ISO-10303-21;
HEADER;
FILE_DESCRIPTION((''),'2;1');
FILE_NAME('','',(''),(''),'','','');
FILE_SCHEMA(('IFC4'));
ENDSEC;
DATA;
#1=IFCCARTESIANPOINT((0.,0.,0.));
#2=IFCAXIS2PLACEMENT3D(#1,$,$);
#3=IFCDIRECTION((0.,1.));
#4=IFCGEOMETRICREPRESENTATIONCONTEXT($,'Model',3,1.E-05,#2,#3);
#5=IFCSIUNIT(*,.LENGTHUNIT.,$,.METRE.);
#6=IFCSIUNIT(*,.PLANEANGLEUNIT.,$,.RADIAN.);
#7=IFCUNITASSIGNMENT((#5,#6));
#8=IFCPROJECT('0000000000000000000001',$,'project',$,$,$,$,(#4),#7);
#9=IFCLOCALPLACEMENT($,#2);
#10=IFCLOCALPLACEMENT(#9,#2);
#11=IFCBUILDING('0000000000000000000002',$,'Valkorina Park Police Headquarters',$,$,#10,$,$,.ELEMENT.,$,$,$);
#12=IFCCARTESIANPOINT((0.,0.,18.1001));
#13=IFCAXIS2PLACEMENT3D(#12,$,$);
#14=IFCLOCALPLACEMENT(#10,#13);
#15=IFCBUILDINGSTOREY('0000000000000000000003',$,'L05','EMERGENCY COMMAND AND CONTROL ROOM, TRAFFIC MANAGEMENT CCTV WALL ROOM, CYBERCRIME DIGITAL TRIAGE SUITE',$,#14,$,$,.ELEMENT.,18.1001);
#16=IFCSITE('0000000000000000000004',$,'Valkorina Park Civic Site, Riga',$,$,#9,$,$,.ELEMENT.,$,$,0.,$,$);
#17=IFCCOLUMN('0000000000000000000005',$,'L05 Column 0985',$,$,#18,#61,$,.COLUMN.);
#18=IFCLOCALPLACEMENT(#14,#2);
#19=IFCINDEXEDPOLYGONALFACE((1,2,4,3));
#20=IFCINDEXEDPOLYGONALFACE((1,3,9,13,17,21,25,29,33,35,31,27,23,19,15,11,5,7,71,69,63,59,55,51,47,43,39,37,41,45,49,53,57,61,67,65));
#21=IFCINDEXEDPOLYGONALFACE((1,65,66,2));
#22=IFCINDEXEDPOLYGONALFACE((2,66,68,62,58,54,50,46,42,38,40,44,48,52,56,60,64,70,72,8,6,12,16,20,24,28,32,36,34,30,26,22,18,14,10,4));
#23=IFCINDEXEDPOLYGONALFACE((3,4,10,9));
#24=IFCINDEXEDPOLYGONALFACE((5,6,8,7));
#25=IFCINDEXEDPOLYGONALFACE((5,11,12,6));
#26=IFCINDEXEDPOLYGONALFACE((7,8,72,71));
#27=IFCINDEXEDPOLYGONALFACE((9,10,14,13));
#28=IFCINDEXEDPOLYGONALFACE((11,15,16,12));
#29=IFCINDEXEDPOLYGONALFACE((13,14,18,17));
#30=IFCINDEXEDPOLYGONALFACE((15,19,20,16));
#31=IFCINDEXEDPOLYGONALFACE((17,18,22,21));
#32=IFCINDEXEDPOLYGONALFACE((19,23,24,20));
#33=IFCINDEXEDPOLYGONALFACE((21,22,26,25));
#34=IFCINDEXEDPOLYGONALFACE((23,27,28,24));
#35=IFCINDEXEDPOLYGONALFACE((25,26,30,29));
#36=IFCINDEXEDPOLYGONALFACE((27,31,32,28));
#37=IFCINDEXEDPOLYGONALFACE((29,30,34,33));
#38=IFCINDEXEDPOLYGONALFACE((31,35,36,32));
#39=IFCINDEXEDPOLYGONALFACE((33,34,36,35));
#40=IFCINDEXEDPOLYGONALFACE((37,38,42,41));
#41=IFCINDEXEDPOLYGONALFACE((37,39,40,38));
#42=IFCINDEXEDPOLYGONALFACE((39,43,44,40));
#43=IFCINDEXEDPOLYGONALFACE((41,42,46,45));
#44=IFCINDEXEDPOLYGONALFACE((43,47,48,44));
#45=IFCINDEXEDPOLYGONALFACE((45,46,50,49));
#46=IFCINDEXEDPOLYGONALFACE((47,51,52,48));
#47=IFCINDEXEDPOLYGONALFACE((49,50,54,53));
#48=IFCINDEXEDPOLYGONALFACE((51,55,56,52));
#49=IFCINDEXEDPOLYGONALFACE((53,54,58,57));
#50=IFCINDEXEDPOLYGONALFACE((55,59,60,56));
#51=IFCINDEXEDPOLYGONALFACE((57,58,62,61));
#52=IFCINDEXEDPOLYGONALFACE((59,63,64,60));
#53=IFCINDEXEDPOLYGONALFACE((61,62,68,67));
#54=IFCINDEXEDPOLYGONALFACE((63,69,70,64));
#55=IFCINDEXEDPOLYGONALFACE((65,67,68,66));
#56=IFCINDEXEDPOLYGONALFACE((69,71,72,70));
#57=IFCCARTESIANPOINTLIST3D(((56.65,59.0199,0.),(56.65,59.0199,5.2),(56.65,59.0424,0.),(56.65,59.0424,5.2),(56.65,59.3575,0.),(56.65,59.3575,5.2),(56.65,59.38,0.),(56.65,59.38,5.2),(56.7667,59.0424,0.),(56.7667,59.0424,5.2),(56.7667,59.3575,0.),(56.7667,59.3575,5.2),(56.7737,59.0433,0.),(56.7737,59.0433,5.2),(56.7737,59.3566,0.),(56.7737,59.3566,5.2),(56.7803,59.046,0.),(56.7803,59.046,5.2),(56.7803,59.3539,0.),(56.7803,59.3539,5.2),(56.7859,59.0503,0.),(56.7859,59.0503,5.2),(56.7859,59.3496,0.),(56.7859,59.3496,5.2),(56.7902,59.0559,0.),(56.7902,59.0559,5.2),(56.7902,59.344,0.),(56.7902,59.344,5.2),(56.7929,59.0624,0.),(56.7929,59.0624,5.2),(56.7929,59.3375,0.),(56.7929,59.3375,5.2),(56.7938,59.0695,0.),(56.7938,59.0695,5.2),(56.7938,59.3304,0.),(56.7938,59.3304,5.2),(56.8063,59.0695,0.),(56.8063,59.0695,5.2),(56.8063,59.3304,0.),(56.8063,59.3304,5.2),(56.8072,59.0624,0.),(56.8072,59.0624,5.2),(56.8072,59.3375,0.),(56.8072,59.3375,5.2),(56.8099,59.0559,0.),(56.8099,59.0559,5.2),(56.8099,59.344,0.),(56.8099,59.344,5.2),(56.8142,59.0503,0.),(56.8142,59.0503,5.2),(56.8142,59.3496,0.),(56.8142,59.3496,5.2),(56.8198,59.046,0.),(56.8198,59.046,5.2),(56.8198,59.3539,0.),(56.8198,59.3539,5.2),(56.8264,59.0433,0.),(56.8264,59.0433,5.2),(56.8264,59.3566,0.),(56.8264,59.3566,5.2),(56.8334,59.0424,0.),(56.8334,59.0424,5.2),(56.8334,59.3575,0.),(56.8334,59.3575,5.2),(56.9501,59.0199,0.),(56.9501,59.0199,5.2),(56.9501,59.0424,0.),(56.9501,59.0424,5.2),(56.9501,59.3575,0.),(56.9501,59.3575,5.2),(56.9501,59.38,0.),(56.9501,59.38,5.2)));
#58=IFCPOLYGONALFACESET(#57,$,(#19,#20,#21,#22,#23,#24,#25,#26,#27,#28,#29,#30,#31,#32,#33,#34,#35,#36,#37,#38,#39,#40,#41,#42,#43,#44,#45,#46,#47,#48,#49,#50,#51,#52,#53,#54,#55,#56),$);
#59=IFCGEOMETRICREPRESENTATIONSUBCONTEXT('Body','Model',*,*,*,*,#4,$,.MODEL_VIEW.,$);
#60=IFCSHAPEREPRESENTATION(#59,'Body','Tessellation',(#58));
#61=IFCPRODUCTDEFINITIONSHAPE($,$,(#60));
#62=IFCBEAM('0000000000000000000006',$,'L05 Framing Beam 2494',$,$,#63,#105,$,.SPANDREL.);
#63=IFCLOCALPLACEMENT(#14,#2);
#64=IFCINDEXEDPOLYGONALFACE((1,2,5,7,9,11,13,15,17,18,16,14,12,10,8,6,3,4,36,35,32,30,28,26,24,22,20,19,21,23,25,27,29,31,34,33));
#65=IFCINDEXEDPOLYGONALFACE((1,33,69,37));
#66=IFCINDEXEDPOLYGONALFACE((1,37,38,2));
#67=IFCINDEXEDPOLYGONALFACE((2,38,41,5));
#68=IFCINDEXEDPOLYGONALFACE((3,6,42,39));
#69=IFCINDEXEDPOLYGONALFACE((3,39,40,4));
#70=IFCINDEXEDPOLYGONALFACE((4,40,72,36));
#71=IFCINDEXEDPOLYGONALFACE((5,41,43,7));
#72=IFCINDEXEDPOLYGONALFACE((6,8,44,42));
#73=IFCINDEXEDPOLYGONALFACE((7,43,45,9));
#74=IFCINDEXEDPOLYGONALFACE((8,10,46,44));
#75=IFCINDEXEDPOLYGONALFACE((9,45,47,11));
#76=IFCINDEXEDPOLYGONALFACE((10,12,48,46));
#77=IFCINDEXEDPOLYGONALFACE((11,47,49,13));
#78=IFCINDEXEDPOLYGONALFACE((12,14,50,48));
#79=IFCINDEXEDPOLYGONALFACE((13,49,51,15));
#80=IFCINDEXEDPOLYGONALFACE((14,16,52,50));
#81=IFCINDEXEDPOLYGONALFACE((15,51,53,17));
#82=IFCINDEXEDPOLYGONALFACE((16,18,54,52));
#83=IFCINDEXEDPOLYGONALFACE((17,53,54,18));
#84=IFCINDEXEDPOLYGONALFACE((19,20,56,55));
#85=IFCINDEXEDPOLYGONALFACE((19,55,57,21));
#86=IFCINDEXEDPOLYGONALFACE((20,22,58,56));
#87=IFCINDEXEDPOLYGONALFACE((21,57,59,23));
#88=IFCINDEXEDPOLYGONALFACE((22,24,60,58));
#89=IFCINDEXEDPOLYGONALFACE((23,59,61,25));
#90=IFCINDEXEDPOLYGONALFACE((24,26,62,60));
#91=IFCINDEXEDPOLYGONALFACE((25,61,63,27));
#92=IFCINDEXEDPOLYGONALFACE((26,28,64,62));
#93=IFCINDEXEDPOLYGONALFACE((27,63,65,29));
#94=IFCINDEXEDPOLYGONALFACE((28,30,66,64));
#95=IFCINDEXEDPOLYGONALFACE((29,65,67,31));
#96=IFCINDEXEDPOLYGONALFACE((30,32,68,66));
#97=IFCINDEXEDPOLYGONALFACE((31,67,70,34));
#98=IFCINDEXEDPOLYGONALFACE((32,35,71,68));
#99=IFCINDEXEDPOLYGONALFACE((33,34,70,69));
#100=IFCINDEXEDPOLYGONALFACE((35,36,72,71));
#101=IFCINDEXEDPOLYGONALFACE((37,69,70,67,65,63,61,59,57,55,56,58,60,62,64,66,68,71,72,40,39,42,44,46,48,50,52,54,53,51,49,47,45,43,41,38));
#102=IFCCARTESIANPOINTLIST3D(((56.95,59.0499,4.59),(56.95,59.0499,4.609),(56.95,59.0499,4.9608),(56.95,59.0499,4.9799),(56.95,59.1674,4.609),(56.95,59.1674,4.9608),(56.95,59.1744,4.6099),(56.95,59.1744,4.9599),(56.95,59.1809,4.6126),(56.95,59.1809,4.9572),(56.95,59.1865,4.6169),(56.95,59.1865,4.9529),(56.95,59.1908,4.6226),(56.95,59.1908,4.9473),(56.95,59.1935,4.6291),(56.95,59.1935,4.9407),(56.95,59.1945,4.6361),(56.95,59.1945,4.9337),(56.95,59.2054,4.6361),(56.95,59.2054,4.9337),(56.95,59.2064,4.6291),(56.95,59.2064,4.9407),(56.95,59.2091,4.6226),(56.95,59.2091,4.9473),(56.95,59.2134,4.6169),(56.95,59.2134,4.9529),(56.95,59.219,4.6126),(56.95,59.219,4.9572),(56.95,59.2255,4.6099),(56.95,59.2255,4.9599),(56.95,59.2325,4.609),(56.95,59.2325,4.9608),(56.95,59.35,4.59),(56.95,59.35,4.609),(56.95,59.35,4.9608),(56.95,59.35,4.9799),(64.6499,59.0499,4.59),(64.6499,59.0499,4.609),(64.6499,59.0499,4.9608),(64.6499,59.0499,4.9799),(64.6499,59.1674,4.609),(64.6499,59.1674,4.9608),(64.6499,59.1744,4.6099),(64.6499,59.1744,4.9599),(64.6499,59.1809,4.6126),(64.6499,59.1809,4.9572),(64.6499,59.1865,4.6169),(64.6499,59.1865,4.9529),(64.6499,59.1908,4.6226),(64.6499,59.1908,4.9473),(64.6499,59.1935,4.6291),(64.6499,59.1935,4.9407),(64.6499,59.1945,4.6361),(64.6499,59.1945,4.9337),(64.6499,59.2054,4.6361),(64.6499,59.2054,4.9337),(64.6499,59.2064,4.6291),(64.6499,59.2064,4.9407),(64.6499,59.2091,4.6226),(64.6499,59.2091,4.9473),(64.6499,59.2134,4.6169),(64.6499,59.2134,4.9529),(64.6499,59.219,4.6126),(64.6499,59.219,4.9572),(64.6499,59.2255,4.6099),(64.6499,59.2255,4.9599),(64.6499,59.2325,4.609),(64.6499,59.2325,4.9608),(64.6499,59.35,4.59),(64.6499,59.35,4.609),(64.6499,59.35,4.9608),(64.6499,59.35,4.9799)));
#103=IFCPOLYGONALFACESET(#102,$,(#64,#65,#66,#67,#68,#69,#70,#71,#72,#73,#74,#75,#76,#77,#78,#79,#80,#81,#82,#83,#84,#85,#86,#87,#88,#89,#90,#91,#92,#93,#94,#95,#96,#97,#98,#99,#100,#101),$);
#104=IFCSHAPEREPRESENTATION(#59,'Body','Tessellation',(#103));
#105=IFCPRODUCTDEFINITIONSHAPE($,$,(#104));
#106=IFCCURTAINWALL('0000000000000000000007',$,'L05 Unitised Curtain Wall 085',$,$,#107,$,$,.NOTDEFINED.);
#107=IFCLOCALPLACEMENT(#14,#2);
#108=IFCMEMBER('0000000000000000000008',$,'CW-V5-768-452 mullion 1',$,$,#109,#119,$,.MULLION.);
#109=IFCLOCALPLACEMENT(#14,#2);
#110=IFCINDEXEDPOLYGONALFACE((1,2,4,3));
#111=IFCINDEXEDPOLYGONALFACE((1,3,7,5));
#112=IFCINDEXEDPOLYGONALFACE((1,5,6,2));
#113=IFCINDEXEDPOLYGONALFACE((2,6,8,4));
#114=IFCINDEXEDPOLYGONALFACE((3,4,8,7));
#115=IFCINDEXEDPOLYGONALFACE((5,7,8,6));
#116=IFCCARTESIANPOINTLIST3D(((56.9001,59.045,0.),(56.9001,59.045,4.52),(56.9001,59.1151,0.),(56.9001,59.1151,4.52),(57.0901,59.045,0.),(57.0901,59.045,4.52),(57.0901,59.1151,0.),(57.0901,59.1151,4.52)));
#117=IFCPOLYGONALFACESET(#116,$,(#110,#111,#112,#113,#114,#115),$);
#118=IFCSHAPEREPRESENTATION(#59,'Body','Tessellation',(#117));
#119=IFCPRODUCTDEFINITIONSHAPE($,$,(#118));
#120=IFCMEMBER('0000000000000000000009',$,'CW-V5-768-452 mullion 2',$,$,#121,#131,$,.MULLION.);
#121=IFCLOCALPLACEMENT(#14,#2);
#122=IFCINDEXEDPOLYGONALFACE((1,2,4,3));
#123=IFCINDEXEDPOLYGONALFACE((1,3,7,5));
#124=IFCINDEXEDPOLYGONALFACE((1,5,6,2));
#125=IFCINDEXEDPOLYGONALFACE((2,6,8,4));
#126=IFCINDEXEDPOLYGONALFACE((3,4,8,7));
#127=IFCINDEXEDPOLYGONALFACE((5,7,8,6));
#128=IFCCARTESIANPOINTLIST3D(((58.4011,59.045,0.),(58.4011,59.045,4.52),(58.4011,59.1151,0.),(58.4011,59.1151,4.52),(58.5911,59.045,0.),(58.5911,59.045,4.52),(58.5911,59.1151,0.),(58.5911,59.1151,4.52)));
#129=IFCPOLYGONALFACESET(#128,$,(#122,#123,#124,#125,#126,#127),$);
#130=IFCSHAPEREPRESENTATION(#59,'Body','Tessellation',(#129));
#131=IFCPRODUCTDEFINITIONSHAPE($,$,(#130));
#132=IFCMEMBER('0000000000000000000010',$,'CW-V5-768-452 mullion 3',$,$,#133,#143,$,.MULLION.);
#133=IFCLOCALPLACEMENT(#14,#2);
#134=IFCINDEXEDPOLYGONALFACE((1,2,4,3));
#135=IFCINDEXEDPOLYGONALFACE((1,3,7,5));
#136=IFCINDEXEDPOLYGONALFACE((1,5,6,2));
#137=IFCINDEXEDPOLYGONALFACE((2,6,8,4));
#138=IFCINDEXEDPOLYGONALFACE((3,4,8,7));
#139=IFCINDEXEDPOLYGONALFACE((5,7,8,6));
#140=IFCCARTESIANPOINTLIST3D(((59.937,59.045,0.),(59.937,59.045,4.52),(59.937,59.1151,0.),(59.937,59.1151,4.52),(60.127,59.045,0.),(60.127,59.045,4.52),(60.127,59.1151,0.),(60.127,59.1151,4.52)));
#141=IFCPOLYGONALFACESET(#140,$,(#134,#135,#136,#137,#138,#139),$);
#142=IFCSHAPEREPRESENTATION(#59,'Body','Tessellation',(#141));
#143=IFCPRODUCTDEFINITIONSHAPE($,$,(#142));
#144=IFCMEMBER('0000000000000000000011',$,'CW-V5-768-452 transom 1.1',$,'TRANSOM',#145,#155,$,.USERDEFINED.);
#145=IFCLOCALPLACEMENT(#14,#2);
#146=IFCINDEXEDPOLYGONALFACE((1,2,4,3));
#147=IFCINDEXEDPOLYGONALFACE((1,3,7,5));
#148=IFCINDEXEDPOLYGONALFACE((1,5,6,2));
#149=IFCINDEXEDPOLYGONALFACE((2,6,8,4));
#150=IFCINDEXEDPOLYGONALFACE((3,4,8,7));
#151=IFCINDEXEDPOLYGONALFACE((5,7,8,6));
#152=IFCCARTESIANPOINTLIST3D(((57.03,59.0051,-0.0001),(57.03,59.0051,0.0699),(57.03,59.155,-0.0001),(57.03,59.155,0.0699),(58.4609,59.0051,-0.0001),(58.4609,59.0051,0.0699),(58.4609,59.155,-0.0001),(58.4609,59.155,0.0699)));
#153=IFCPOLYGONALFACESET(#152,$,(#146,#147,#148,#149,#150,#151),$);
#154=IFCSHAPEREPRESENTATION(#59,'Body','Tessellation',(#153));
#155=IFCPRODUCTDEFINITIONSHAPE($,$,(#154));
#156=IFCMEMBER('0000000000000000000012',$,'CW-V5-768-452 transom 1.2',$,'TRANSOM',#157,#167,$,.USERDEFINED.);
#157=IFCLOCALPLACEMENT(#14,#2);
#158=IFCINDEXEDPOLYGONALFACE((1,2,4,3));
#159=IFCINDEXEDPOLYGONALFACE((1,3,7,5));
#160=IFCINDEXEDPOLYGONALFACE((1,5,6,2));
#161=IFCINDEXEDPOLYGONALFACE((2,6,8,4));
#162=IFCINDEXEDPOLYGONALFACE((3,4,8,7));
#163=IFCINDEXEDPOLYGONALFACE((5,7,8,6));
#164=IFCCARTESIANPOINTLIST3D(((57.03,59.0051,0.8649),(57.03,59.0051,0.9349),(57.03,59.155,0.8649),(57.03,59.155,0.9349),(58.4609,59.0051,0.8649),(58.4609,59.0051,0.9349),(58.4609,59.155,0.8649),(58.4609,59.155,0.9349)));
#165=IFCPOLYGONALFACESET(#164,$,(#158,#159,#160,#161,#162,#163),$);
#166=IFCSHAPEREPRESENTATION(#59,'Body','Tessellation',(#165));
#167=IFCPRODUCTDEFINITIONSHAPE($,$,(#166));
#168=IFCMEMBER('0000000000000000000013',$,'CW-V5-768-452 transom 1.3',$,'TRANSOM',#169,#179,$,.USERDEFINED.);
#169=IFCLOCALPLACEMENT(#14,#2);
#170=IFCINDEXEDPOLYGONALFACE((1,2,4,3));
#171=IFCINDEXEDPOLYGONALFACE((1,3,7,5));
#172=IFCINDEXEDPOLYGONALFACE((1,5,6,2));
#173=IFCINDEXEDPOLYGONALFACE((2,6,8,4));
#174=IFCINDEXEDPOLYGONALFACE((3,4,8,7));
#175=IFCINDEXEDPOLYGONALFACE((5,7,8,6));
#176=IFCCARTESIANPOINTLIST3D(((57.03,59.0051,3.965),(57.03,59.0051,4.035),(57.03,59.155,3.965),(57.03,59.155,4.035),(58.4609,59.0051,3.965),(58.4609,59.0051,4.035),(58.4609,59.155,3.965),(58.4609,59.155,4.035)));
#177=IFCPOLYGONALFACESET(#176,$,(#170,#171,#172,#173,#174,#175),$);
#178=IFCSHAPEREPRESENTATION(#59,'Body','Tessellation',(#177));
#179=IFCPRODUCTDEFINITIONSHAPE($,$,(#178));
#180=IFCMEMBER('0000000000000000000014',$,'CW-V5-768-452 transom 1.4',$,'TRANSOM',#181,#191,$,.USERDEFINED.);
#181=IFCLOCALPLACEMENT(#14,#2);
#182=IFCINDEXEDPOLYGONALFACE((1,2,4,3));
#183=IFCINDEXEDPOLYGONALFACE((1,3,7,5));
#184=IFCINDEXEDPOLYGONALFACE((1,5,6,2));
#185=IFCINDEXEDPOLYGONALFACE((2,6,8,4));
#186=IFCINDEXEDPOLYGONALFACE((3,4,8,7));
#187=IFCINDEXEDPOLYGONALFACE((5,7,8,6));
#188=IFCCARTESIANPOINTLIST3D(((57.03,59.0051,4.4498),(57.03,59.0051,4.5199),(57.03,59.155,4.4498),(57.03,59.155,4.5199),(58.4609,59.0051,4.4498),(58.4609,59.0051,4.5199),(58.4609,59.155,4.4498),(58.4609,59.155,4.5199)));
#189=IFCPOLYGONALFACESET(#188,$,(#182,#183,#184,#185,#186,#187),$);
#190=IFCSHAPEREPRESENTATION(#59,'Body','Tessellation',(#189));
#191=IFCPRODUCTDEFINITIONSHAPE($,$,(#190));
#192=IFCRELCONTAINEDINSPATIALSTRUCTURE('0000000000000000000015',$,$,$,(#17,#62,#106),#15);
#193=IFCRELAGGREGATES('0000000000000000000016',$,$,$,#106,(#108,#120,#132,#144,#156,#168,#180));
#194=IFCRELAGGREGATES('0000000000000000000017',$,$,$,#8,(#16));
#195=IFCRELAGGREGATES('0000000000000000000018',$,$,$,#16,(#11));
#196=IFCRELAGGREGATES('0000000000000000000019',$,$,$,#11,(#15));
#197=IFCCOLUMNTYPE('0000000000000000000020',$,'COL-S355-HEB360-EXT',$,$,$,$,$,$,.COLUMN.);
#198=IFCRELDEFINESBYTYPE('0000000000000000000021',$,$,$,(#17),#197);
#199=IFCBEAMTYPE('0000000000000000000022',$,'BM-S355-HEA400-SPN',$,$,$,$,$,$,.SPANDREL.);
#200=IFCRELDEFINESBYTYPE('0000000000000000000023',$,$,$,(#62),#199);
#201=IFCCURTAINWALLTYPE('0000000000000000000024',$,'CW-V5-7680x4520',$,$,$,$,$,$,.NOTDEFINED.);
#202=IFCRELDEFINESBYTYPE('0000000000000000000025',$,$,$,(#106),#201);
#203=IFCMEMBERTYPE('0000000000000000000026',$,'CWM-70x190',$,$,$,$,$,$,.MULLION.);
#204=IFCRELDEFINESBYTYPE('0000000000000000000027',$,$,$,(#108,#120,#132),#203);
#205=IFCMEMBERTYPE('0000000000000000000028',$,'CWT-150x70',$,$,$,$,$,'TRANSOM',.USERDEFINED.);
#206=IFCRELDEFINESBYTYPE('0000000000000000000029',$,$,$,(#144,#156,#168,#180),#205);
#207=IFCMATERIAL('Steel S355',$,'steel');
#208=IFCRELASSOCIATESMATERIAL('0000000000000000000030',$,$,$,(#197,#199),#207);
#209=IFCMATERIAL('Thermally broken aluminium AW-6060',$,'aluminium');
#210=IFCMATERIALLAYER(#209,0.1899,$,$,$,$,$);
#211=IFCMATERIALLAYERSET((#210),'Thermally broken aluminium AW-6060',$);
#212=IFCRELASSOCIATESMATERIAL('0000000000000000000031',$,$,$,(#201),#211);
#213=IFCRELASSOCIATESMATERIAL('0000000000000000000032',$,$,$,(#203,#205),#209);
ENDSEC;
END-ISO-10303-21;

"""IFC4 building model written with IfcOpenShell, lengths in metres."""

from ifc_helpers import new_model, si_unit, direction, frame, origin, origin_2d, place, context, subcontext, project, spatial, rectangle, i_section, extrude, material, layer, layer_set, material_profile, profile_set, type_object, element, aggregate, save


model = new_model("IFC4")

# Units and contexts
model_context = context("Model", 3, precision=1e-05, world=origin(), true_north=direction((0.0, 1.0)))
body_context = subcontext(model_context, "Body", "Model", "MODEL_VIEW")
ifc_project = project(units=[si_unit("LENGTHUNIT", "METRE"), si_unit("PLANEANGLEUNIT", "RADIAN")], contexts=[model_context])

# Site, building, storey
site_placement = place(None, origin())
site = spatial("IfcSite", under=ifc_project, at=site_placement, Name="Valkorina Park Civic Site, Riga", CompositionType="ELEMENT", RefElevation=0.0)
building_placement = place(site_placement, origin())
building = spatial("IfcBuilding", under=site, at=building_placement, Name="Valkorina Park Police Headquarters", CompositionType="ELEMENT")
storey_placement = place(building_placement, frame((0.0, 0.0, 18.1001)))
storey = spatial("IfcBuildingStorey", under=building, at=storey_placement, Name="L05", Description="EMERGENCY COMMAND AND CONTROL ROOM, TRAFFIC MANAGEMENT CCTV WALL ROOM, CYBERCRIME DIGITAL TRIAGE SUITE", CompositionType="ELEMENT", Elevation=18.1001)

# Column
ifc_material_1 = material(Name="Steel S355", Category="steel")
ifc_material_profile_1 = material_profile(ifc_material_1, i_section(OverallWidth=0.3, OverallDepth=0.3601, WebThickness=0.0125, FlangeThickness=0.0225, FilletRadius=0.0271, at=origin_2d()), Name="HEB 360")
ifc_profile_set_1 = profile_set([ifc_material_profile_1], Name="Steel S355")
column_type = type_object("IfcColumnType", Name="COL-S355-HEB360-EXT", PredefinedType="COLUMN", material=ifc_profile_set_1)
column_placement = place(storey_placement, frame((56.8, 59.2, 0.0), z_axis=(0.0, 0.0, 1.0), x_axis=(1.0, 0.0, 0.0)))
element("IfcColumn", 1, at=column_placement, inside=storey, type_object=column_type, Name="L05 Column 0985", PredefinedType="COLUMN", context=body_context, shape_type="SweptSolid", body=[
    extrude(i_section(OverallWidth=0.3, OverallDepth=0.3601, WebThickness=0.0125, FlangeThickness=0.0225, FilletRadius=0.0271, at=origin_2d()), origin(), (0.0, 0.0, 1.0), 5.2),
])

# Beam
ifc_material_profile_2 = material_profile(ifc_material_1, i_section(OverallWidth=0.3, OverallDepth=0.3899, WebThickness=0.011, FlangeThickness=0.019, FilletRadius=0.0271, at=origin_2d()), Name="HEA 400")
ifc_profile_set_2 = profile_set([ifc_material_profile_2], Name="Steel S355")
beam_type = type_object("IfcBeamType", Name="BM-S355-HEA400-SPN", PredefinedType="SPANDREL", material=ifc_profile_set_2)
beam_placement = place(storey_placement, frame((56.95, 59.2, 4.7849), z_axis=(1.0, 0.0, 0.0), x_axis=(0.0, 1.0, 0.0)))
element("IfcBeam", 2, at=beam_placement, inside=storey, type_object=beam_type, Name="L05 Framing Beam 2494", PredefinedType="SPANDREL", context=body_context, shape_type="SweptSolid", body=[
    extrude(i_section(OverallWidth=0.3, OverallDepth=0.3899, WebThickness=0.011, FlangeThickness=0.019, FilletRadius=0.0271, at=origin_2d()), origin(), (0.0, 0.0, 1.0), 7.7),
])

# Curtain wall, members
ifc_material_2 = material(Name="Thermally broken aluminium AW-6060", Category="aluminium")
ifc_layer_1 = layer(ifc_material_2, 0.1899)
ifc_layer_set_1 = layer_set([ifc_layer_1], Name="Thermally broken aluminium AW-6060")
curtain_wall_type = type_object("IfcCurtainWallType", Name="CW-V5-7680x4520", PredefinedType="NOTDEFINED", material=ifc_layer_set_1)
curtain_wall_placement = place(storey_placement, origin())
curtain_wall = element("IfcCurtainWall", 3, at=curtain_wall_placement, inside=storey, type_object=curtain_wall_type, Name="L05 Unitised Curtain Wall 085", PredefinedType="NOTDEFINED")
ifc_material_profile_3 = material_profile(ifc_material_2, rectangle(XDim=0.0701, YDim=0.1899, at=origin_2d()), Name="CWM-02 70x190")
ifc_profile_set_3 = profile_set([ifc_material_profile_3], Name="Thermally broken aluminium AW-6060")
member_type_1 = type_object("IfcMemberType", Name="CWM-70x190", PredefinedType="MULLION", material=ifc_profile_set_3)
member_1_placement = place(storey_placement, frame((56.9951, 59.0801, 0.0), z_axis=(0.0, 0.0, 1.0), x_axis=(0.0, 1.0, 0.0)))
member_1 = element("IfcMember", 4, at=member_1_placement, type_object=member_type_1, Name="CW-V5-768-452 mullion 1", PredefinedType="MULLION", context=body_context, shape_type="SweptSolid", body=[
    extrude(rectangle(XDim=0.0701, YDim=0.1899, at=origin_2d()), origin(), (0.0, 0.0, 1.0), 4.52),
])
member_2_placement = place(storey_placement, frame((58.4961, 59.0801, 0.0), z_axis=(0.0, 0.0, 1.0), x_axis=(0.0, 1.0, 0.0)))
member_2 = element("IfcMember", 5, at=member_2_placement, type_object=member_type_1, Name="CW-V5-768-452 mullion 2", PredefinedType="MULLION", context=body_context, shape_type="SweptSolid", body=[
    extrude(rectangle(XDim=0.0701, YDim=0.1899, at=origin_2d()), origin(), (0.0, 0.0, 1.0), 4.52),
])
member_3_placement = place(storey_placement, frame((60.032, 59.0801, 0.0), z_axis=(0.0, 0.0, 1.0), x_axis=(0.0, 1.0, 0.0)))
member_3 = element("IfcMember", 6, at=member_3_placement, type_object=member_type_1, Name="CW-V5-768-452 mullion 3", PredefinedType="MULLION", context=body_context, shape_type="SweptSolid", body=[
    extrude(rectangle(XDim=0.0701, YDim=0.1899, at=origin_2d()), origin(), (0.0, 0.0, 1.0), 4.52),
])
ifc_material_profile_4 = material_profile(ifc_material_2, rectangle(XDim=0.1499, YDim=0.0701, at=origin_2d()), Name="CWT-02 150x70")
ifc_profile_set_4 = profile_set([ifc_material_profile_4], Name="Thermally broken aluminium AW-6060")
member_type_2 = type_object("IfcMemberType", Name="CWT-150x70", ElementType="TRANSOM", PredefinedType="USERDEFINED", material=ifc_profile_set_4)
member_4_placement = place(storey_placement, frame((57.03, 59.0801, 0.0349), z_axis=(1.0, 0.0, 0.0), x_axis=(0.0, 1.0, 0.0)))
member_4 = element("IfcMember", 7, at=member_4_placement, type_object=member_type_2, Name="CW-V5-768-452 transom 1.1", ObjectType="TRANSOM", PredefinedType="USERDEFINED", context=body_context, shape_type="SweptSolid", body=[
    extrude(rectangle(XDim=0.1499, YDim=0.0701, at=origin_2d()), origin(), (0.0, 0.0, 1.0), 1.4309),
])
member_5_placement = place(storey_placement, frame((57.03, 59.0801, 0.8999), z_axis=(1.0, 0.0, 0.0), x_axis=(0.0, 1.0, 0.0)))
member_5 = element("IfcMember", 8, at=member_5_placement, type_object=member_type_2, Name="CW-V5-768-452 transom 1.2", ObjectType="TRANSOM", PredefinedType="USERDEFINED", context=body_context, shape_type="SweptSolid", body=[
    extrude(rectangle(XDim=0.1499, YDim=0.0701, at=origin_2d()), origin(), (0.0, 0.0, 1.0), 1.4309),
])
member_6_placement = place(storey_placement, frame((57.03, 59.0801, 4.0), z_axis=(1.0, 0.0, 0.0), x_axis=(0.0, 1.0, 0.0)))
member_6 = element("IfcMember", 9, at=member_6_placement, type_object=member_type_2, Name="CW-V5-768-452 transom 1.3", ObjectType="TRANSOM", PredefinedType="USERDEFINED", context=body_context, shape_type="SweptSolid", body=[
    extrude(rectangle(XDim=0.1499, YDim=0.0701, at=origin_2d()), origin(), (0.0, 0.0, 1.0), 1.4309),
])
member_7_placement = place(storey_placement, frame((57.03, 59.0801, 4.4849), z_axis=(1.0, 0.0, 0.0), x_axis=(0.0, 1.0, 0.0)))
member_7 = element("IfcMember", 10, at=member_7_placement, type_object=member_type_2, Name="CW-V5-768-452 transom 1.4", ObjectType="TRANSOM", PredefinedType="USERDEFINED", context=body_context, shape_type="SweptSolid", body=[
    extrude(rectangle(XDim=0.1499, YDim=0.0701, at=origin_2d()), origin(), (0.0, 0.0, 1.0), 1.4309),
])
aggregate(curtain_wall, [member_1, member_2, member_3, member_4, member_5, member_6, member_7])

save(model, "model.ifc")
